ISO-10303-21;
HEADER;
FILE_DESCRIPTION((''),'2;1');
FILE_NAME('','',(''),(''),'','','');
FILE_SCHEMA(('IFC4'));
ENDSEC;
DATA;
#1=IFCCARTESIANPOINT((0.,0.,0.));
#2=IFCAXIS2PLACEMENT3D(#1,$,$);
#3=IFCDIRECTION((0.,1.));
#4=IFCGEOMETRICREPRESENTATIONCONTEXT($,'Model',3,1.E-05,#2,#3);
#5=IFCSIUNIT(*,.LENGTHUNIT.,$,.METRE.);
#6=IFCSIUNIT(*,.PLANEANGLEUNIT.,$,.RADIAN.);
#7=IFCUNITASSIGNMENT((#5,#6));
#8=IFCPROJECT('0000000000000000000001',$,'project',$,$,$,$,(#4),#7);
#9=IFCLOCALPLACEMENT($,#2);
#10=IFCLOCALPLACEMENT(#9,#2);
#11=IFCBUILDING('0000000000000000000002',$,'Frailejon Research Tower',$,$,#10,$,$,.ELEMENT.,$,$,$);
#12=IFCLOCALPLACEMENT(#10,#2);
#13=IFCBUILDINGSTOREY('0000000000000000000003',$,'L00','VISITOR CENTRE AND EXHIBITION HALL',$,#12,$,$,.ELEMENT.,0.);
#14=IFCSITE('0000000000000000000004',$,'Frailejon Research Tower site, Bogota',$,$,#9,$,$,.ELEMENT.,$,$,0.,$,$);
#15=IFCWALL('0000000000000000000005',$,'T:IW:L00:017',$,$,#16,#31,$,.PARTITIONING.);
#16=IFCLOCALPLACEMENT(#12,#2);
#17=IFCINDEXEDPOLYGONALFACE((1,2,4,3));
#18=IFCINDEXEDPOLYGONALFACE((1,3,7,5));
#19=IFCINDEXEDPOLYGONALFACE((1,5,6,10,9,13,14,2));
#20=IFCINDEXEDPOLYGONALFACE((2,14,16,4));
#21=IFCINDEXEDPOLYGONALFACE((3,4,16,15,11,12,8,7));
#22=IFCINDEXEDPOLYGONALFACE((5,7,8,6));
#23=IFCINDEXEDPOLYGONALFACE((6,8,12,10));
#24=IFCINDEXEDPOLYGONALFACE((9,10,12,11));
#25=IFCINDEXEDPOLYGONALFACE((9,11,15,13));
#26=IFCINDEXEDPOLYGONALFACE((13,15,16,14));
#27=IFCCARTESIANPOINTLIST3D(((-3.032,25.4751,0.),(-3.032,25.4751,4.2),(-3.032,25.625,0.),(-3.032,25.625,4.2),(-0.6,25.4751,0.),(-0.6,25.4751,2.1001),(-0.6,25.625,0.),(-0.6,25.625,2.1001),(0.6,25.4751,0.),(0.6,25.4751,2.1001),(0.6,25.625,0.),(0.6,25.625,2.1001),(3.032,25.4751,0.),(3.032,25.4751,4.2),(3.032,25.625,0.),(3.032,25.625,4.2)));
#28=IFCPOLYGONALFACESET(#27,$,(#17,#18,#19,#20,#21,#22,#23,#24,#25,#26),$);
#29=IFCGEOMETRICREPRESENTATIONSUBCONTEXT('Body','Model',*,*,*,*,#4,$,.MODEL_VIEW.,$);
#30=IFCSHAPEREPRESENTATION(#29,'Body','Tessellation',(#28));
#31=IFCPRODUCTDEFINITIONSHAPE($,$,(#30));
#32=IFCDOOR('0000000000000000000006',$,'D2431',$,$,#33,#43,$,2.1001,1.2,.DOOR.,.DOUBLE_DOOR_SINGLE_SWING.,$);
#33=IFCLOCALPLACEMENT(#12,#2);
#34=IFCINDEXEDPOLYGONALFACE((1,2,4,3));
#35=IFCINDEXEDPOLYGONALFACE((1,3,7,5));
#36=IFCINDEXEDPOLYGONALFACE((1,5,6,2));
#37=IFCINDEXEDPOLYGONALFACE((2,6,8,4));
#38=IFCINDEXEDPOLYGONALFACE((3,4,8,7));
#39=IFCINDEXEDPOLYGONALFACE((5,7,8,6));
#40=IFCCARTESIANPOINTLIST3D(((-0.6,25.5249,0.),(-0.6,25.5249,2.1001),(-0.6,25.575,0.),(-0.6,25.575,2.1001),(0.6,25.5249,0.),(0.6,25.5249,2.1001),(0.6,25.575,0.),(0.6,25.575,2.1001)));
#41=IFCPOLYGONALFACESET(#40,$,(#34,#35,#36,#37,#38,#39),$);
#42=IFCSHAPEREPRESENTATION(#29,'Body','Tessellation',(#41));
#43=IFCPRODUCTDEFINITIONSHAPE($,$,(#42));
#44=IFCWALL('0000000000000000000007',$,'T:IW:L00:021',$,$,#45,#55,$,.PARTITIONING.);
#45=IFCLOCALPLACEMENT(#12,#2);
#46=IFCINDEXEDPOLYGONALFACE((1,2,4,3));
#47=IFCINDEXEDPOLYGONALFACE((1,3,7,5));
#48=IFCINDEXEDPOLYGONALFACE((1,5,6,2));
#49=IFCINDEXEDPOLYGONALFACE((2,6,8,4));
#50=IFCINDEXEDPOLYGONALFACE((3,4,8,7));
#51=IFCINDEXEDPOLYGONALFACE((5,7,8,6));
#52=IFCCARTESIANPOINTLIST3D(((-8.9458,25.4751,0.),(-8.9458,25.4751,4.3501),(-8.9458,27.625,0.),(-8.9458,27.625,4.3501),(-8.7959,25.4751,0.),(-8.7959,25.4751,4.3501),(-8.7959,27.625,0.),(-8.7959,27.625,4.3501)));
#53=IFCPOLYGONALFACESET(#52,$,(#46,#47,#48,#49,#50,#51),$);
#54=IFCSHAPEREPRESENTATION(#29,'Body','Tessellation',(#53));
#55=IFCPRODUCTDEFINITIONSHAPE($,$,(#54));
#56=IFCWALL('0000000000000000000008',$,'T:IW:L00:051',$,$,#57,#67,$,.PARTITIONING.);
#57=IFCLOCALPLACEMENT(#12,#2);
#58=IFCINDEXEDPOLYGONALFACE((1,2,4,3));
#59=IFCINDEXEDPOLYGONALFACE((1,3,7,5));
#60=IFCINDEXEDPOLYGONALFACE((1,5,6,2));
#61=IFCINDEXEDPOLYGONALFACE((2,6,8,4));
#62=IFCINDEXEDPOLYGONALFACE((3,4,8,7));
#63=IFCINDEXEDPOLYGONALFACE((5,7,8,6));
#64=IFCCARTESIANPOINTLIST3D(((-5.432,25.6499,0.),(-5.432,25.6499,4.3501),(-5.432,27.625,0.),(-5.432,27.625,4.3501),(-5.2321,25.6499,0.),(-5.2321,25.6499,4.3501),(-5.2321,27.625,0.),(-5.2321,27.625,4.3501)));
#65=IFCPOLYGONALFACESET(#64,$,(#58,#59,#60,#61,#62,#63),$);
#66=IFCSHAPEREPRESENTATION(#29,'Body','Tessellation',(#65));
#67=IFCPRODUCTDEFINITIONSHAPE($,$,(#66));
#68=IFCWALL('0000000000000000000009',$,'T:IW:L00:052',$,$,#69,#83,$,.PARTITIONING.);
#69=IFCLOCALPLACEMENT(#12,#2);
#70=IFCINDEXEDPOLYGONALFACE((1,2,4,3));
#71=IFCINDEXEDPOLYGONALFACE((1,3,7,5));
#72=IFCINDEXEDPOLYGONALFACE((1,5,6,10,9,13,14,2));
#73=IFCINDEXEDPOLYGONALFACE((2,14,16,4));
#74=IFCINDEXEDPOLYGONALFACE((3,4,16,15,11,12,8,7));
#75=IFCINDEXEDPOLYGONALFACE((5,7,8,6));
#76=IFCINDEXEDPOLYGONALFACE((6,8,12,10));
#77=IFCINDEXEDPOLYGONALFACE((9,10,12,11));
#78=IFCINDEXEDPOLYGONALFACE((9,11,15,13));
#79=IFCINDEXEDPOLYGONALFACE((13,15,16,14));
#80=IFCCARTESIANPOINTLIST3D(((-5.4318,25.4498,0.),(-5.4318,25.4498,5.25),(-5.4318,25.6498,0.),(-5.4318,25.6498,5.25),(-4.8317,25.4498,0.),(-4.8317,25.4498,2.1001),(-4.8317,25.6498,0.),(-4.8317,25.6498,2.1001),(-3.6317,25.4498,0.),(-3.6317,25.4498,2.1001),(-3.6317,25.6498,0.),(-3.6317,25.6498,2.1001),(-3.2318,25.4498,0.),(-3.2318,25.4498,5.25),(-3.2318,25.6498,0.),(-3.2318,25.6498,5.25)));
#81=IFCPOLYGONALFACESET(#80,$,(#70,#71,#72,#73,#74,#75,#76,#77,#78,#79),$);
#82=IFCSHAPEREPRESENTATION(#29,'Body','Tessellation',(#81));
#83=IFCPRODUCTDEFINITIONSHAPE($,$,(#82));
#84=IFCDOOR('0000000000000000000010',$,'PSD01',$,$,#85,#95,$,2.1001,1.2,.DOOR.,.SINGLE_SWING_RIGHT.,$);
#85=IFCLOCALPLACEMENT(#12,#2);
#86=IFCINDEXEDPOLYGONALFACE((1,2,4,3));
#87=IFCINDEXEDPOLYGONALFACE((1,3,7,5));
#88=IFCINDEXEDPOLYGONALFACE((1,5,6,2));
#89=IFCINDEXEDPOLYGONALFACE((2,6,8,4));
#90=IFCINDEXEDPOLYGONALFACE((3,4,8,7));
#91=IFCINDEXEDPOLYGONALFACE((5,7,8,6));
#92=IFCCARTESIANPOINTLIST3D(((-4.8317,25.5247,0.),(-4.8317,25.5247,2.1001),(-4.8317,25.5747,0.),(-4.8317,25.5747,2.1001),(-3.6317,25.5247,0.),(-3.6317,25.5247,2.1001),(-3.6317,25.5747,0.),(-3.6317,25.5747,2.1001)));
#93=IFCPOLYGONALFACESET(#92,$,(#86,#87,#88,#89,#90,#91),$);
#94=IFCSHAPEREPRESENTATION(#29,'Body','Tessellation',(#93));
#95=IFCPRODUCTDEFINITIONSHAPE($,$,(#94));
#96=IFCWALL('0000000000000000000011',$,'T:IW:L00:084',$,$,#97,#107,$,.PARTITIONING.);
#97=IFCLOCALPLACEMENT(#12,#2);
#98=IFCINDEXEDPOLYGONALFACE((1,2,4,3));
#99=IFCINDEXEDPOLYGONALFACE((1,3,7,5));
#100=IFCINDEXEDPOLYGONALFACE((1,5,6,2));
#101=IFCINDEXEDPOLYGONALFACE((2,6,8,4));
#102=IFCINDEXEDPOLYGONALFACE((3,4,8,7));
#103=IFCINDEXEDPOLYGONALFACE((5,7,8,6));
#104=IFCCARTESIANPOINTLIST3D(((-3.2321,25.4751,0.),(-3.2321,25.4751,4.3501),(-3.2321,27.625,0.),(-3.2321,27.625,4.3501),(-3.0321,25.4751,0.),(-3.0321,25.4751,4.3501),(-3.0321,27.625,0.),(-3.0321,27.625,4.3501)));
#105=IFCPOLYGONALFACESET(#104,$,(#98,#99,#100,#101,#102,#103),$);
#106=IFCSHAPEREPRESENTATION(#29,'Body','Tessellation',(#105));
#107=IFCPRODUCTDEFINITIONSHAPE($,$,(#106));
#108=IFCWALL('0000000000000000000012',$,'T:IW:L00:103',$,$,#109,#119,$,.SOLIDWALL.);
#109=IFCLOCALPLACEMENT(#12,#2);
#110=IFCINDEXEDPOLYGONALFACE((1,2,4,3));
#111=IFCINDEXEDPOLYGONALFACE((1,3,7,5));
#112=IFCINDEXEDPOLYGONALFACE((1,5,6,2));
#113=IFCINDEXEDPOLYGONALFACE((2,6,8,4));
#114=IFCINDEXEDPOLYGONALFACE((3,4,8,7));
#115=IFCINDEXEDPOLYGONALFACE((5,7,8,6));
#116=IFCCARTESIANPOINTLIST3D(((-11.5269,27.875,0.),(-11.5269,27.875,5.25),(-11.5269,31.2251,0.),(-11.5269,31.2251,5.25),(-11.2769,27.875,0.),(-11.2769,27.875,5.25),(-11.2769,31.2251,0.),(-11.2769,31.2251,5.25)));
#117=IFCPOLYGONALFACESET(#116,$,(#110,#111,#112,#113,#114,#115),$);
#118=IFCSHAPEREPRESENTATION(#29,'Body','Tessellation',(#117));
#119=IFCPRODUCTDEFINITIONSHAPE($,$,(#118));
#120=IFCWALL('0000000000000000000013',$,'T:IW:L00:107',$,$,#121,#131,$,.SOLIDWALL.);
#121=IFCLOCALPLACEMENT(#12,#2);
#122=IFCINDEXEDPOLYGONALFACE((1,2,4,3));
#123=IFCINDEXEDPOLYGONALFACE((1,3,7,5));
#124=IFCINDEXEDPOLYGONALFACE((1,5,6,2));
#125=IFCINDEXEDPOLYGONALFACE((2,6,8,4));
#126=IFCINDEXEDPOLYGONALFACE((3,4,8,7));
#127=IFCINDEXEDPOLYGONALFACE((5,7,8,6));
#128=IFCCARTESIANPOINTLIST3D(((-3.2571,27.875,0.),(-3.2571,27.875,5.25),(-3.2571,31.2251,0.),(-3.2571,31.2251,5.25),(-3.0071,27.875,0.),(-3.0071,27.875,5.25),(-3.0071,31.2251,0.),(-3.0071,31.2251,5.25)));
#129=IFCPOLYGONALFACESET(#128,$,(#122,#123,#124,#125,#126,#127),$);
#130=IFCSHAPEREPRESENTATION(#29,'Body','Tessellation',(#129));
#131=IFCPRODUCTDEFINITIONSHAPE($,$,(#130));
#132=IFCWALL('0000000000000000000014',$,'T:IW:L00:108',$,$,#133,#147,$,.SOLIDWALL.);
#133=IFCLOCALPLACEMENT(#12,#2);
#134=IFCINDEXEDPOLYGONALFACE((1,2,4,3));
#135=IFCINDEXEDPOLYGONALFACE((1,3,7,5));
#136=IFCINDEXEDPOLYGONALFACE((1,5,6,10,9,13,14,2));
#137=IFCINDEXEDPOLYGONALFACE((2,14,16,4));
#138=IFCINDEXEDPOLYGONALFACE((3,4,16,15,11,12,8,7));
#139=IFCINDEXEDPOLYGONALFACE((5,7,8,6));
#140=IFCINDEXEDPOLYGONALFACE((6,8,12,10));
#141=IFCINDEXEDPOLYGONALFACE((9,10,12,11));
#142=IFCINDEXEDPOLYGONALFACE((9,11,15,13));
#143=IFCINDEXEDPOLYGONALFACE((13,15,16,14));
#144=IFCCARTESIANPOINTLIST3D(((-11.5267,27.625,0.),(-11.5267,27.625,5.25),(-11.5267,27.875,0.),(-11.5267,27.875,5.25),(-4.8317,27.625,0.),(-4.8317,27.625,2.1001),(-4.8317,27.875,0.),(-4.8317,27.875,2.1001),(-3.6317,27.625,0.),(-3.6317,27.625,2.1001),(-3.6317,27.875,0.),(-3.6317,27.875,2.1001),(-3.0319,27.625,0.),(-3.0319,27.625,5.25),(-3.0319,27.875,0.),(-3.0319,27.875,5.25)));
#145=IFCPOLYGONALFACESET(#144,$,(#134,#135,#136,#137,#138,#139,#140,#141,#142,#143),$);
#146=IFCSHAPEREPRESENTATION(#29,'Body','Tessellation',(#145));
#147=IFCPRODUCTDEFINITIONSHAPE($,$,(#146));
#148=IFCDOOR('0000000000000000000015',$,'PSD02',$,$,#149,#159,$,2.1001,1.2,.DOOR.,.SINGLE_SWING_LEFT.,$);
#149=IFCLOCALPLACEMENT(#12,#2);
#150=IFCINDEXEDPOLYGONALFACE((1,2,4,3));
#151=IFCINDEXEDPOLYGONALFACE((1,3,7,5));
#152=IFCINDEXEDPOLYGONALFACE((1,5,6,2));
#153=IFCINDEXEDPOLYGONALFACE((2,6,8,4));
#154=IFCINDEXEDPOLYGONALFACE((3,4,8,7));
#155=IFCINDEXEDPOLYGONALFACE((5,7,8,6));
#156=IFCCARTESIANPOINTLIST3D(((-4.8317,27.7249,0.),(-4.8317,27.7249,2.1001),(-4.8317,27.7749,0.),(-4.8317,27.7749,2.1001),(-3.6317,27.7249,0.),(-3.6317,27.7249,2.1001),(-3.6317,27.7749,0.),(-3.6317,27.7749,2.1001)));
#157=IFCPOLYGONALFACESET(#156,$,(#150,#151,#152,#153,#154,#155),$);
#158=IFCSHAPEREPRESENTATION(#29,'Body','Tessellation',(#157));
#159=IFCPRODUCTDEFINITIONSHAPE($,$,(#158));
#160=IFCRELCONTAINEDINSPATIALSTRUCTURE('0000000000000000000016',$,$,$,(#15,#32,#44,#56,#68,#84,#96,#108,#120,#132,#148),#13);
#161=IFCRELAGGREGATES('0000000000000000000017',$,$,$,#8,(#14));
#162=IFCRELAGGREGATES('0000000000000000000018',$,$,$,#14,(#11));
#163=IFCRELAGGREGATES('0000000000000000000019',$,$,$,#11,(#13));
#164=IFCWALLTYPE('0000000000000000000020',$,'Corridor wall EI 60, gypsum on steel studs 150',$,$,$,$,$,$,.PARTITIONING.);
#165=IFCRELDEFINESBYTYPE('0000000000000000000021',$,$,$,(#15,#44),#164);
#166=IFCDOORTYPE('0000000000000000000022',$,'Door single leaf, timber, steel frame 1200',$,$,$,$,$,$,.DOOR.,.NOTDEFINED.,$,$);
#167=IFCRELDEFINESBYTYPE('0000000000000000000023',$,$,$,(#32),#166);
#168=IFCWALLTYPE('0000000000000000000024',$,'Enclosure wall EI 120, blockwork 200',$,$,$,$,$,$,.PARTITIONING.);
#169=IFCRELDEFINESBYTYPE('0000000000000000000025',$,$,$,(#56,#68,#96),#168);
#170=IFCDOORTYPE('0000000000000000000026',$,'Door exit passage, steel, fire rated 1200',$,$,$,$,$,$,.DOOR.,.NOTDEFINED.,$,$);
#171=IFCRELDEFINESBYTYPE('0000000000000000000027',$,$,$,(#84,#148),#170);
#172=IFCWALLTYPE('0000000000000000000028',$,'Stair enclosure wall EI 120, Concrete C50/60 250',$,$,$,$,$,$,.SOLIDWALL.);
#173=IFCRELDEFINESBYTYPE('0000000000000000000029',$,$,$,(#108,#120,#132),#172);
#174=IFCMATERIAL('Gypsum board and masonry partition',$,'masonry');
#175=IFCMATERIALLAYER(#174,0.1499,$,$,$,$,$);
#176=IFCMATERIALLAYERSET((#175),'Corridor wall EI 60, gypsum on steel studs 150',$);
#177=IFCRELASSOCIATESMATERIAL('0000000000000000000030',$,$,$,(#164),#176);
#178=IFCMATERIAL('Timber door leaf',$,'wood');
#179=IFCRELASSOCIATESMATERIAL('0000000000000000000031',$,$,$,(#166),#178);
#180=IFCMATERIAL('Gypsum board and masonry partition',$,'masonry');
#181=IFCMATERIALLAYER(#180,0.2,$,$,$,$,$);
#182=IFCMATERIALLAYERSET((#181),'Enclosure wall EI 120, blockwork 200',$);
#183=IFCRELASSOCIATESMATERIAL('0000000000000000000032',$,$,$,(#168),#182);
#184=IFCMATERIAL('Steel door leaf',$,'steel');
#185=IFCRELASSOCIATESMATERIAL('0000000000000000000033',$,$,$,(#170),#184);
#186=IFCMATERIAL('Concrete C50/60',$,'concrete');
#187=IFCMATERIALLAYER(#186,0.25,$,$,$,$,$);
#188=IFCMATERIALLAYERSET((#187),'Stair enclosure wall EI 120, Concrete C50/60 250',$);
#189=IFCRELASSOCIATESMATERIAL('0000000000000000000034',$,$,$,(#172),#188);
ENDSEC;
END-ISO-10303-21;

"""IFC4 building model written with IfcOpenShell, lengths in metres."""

from ifc_helpers import new_model, si_unit, direction, frame, frame_2d, origin, place, context, subcontext, project, spatial, rectangle, extrude, material, layer, layer_set, type_object, element, fill, save


model = new_model("IFC4")

# Units and contexts
model_context = context("Model", 3, precision=1e-05, world=origin(), true_north=direction((0.0, 1.0)))
body_context = subcontext(model_context, "Body", "Model", "MODEL_VIEW")
ifc_project = project(units=[si_unit("LENGTHUNIT", "METRE"), si_unit("PLANEANGLEUNIT", "RADIAN")], contexts=[model_context])

# Site, building, storey
site_placement = place(None, origin())
site = spatial("IfcSite", under=ifc_project, at=site_placement, Name="Frailejon Research Tower site, Bogota", CompositionType="ELEMENT", RefElevation=0.0)
building_placement = place(site_placement, origin())
building = spatial("IfcBuilding", under=site, at=building_placement, Name="Frailejon Research Tower", CompositionType="ELEMENT")
storey_placement = place(building_placement, origin())
storey = spatial("IfcBuildingStorey", under=building, at=storey_placement, Name="L00", Description="VISITOR CENTRE AND EXHIBITION HALL", CompositionType="ELEMENT", Elevation=0.0)

# Shared definitions
ifc_material_1 = material(Name="Gypsum board and masonry partition", Category="masonry")
ifc_layer_1 = layer(ifc_material_1, 0.1499)
ifc_layer_set_1 = layer_set([ifc_layer_1], Name="Corridor wall EI 60, gypsum on steel studs 150")
wall_type_1 = type_object("IfcWallType", Name="Corridor wall EI 60, gypsum on steel studs 150", PredefinedType="PARTITIONING", material=ifc_layer_set_1)

# Wall, opening, door
wall_1_placement = place(storey_placement, frame((-3.032, 25.55, 0.0), z_axis=(0.0, 0.0, 1.0), x_axis=(1.0, 0.0, 0.0)))
wall_1 = element("IfcWall", 1, at=wall_1_placement, inside=storey, type_object=wall_type_1, Name="T:IW:L00:017", PredefinedType="PARTITIONING", context=body_context, shape_type="SweptSolid", body=[
    extrude(rectangle(XDim=6.064, YDim=0.1499, at=frame_2d((3.032, 0.0))), origin(), (0.0, 0.0, 1.0), 4.2),
])
opening_1_placement = place(wall_1_placement, frame((2.4319, 0.0, 0.0)))
opening_1 = element("IfcOpeningElement", 2, at=opening_1_placement, cuts=wall_1, PredefinedType="OPENING", context=body_context, shape_type="SweptSolid", body=[
    extrude(rectangle(XDim=1.2, YDim=2.1001, at=frame_2d((0.6001, 1.05))), frame((0.0, 0.085, 0.0), z_axis=(0.0, -1.0, 0.0), x_axis=(1.0, 0.0, 0.0)), (0.0, 0.0, 1.0), 0.1699),
])
ifc_material_2 = material(Name="Timber door leaf", Category="wood")
door_type_1 = type_object("IfcDoorType", Name="Door single leaf, timber, steel frame 1200", OperationType="NOTDEFINED", PredefinedType="DOOR", material=ifc_material_2)
door_1_placement = place(opening_1_placement, origin())
door_1 = element("IfcDoor", 3, at=door_1_placement, inside=storey, type_object=door_type_1, Name="D2431", OperationType="DOUBLE_DOOR_SINGLE_SWING", OverallHeight=2.1001, OverallWidth=1.2, PredefinedType="DOOR", context=body_context, shape_type="SweptSolid", body=[
    extrude(rectangle(XDim=1.2, YDim=2.1001, at=frame_2d((0.6001, 1.05))), frame((0.0, 0.0249, 0.0), z_axis=(0.0, -1.0, 0.0), x_axis=(1.0, 0.0, 0.0)), (0.0, 0.0, 1.0), 0.05),
])
fill(opening_1, door_1)

# Walls
wall_2_placement = place(storey_placement, frame((-8.8708, 25.4751, 0.0), z_axis=(0.0, 0.0, 1.0), x_axis=(0.0, 1.0, 0.0)))
element("IfcWall", 4, at=wall_2_placement, inside=storey, type_object=wall_type_1, Name="T:IW:L00:021", PredefinedType="PARTITIONING", context=body_context, shape_type="SweptSolid", body=[
    extrude(rectangle(XDim=2.1499, YDim=0.1499, at=frame_2d((1.075, 0.0))), origin(), (0.0, 0.0, 1.0), 4.3501),
])
ifc_material_3 = material(Name="Gypsum board and masonry partition", Category="masonry")
ifc_layer_2 = layer(ifc_material_3, 0.2)
ifc_layer_set_2 = layer_set([ifc_layer_2], Name="Enclosure wall EI 120, blockwork 200")
wall_type_2 = type_object("IfcWallType", Name="Enclosure wall EI 120, blockwork 200", PredefinedType="PARTITIONING", material=ifc_layer_set_2)
wall_3_placement = place(storey_placement, frame((-5.332, 25.6499, 0.0), z_axis=(0.0, 0.0, 1.0), x_axis=(0.0, 1.0, 0.0)))
element("IfcWall", 5, at=wall_3_placement, inside=storey, type_object=wall_type_2, Name="T:IW:L00:051", PredefinedType="PARTITIONING", context=body_context, shape_type="SweptSolid", body=[
    extrude(rectangle(XDim=1.9751, YDim=0.2, at=frame_2d((0.9875, 0.0))), origin(), (0.0, 0.0, 1.0), 4.3501),
])

# Wall, opening, door
wall_4_placement = place(storey_placement, frame((-5.4319, 25.5498, 0.0), z_axis=(0.0, 0.0, 1.0), x_axis=(1.0, 0.0, 0.0)))
wall_4 = element("IfcWall", 6, at=wall_4_placement, inside=storey, type_object=wall_type_2, Name="T:IW:L00:052", PredefinedType="PARTITIONING", context=body_context, shape_type="SweptSolid", body=[
    extrude(rectangle(XDim=2.2, YDim=0.2, at=frame_2d((1.1001, 0.0))), origin(), (0.0, 0.0, 1.0), 5.25),
])
opening_2_placement = place(wall_4_placement, frame((0.6001, 0.0, 0.0)))
opening_2 = element("IfcOpeningElement", 7, at=opening_2_placement, cuts=wall_4, PredefinedType="OPENING", context=body_context, shape_type="SweptSolid", body=[
    extrude(rectangle(XDim=1.2, YDim=2.1001, at=frame_2d((0.6001, 1.05))), frame((0.0, 0.1099, 0.0), z_axis=(0.0, -1.0, 0.0), x_axis=(1.0, 0.0, 0.0)), (0.0, 0.0, 1.0), 0.22),
])
ifc_material_4 = material(Name="Steel door leaf", Category="steel")
door_type_2 = type_object("IfcDoorType", Name="Door exit passage, steel, fire rated 1200", OperationType="NOTDEFINED", PredefinedType="DOOR", material=ifc_material_4)
door_2_placement = place(opening_2_placement, origin())
door_2 = element("IfcDoor", 8, at=door_2_placement, inside=storey, type_object=door_type_2, Name="PSD01", OperationType="SINGLE_SWING_RIGHT", OverallHeight=2.1001, OverallWidth=1.2, PredefinedType="DOOR", context=body_context, shape_type="SweptSolid", body=[
    extrude(rectangle(XDim=1.2, YDim=2.1001, at=frame_2d((0.6001, 1.05))), frame((0.0, 0.0249, 0.0), z_axis=(0.0, -1.0, 0.0), x_axis=(1.0, 0.0, 0.0)), (0.0, 0.0, 1.0), 0.05),
])
fill(opening_2, door_2)

# Walls
wall_5_placement = place(storey_placement, frame((-3.1321, 25.4751, 0.0), z_axis=(0.0, 0.0, 1.0), x_axis=(0.0, 1.0, 0.0)))
element("IfcWall", 9, at=wall_5_placement, inside=storey, type_object=wall_type_2, Name="T:IW:L00:084", PredefinedType="PARTITIONING", context=body_context, shape_type="SweptSolid", body=[
    extrude(rectangle(XDim=2.1499, YDim=0.2, at=frame_2d((1.075, 0.0))), origin(), (0.0, 0.0, 1.0), 4.3501),
])
ifc_material_5 = material(Name="Concrete C50/60", Category="concrete")
ifc_layer_3 = layer(ifc_material_5, 0.25)
ifc_layer_set_3 = layer_set([ifc_layer_3], Name="Stair enclosure wall EI 120, Concrete C50/60 250")
wall_type_3 = type_object("IfcWallType", Name="Stair enclosure wall EI 120, Concrete C50/60 250", PredefinedType="SOLIDWALL", material=ifc_layer_set_3)
for number, where, z_axis, x_axis, name in (
    (10, (-11.4019, 27.875, 0.0), (0.0, 0.0, 1.0), (0.0, 1.0, 0.0), "T:IW:L00:103"),
    (11, (-3.1321, 27.875, 0.0), (0.0, 0.0, 1.0), (0.0, 1.0, 0.0), "T:IW:L00:107"),
):
    element("IfcWall", number, at=place(storey_placement, frame(where, z_axis=z_axis, x_axis=x_axis)), inside=storey, type_object=wall_type_3, Name=name, PredefinedType="SOLIDWALL", context=body_context, shape_type="SweptSolid", body=[
        extrude(rectangle(XDim=3.3501, YDim=0.25, at=frame_2d((1.675, 0.0))), origin(), (0.0, 0.0, 1.0), 5.25),
    ])

# Wall, opening, door
wall_6_placement = place(storey_placement, frame((-11.5269, 27.75, 0.0), z_axis=(0.0, 0.0, 1.0), x_axis=(1.0, 0.0, 0.0)))
wall_6 = element("IfcWall", 12, at=wall_6_placement, inside=storey, type_object=wall_type_3, Name="T:IW:L00:108", PredefinedType="SOLIDWALL", context=body_context, shape_type="SweptSolid", body=[
    extrude(rectangle(XDim=8.4949, YDim=0.25, at=frame_2d((4.2476, 0.0))), origin(), (0.0, 0.0, 1.0), 5.25),
])
opening_3_placement = place(wall_6_placement, frame((6.6951, 0.0, 0.0)))
opening_3 = element("IfcOpeningElement", 13, at=opening_3_placement, cuts=wall_6, PredefinedType="OPENING", context=body_context, shape_type="SweptSolid", body=[
    extrude(rectangle(XDim=1.2, YDim=2.1001, at=frame_2d((0.6001, 1.05))), frame((0.0, 0.135, 0.0), z_axis=(0.0, -1.0, 0.0), x_axis=(1.0, 0.0, 0.0)), (0.0, 0.0, 1.0), 0.27),
])
door_3_placement = place(opening_3_placement, origin())
door_3 = element("IfcDoor", 14, at=door_3_placement, inside=storey, type_object=door_type_2, Name="PSD02", OperationType="SINGLE_SWING_LEFT", OverallHeight=2.1001, OverallWidth=1.2, PredefinedType="DOOR", context=body_context, shape_type="SweptSolid", body=[
    extrude(rectangle(XDim=1.2, YDim=2.1001, at=frame_2d((0.6001, 1.05))), frame((0.0, 0.0249, 0.0), z_axis=(0.0, -1.0, 0.0), x_axis=(1.0, 0.0, 0.0)), (0.0, 0.0, 1.0), 0.05),
])
fill(opening_3, door_3)

save(model, "model.ifc")
